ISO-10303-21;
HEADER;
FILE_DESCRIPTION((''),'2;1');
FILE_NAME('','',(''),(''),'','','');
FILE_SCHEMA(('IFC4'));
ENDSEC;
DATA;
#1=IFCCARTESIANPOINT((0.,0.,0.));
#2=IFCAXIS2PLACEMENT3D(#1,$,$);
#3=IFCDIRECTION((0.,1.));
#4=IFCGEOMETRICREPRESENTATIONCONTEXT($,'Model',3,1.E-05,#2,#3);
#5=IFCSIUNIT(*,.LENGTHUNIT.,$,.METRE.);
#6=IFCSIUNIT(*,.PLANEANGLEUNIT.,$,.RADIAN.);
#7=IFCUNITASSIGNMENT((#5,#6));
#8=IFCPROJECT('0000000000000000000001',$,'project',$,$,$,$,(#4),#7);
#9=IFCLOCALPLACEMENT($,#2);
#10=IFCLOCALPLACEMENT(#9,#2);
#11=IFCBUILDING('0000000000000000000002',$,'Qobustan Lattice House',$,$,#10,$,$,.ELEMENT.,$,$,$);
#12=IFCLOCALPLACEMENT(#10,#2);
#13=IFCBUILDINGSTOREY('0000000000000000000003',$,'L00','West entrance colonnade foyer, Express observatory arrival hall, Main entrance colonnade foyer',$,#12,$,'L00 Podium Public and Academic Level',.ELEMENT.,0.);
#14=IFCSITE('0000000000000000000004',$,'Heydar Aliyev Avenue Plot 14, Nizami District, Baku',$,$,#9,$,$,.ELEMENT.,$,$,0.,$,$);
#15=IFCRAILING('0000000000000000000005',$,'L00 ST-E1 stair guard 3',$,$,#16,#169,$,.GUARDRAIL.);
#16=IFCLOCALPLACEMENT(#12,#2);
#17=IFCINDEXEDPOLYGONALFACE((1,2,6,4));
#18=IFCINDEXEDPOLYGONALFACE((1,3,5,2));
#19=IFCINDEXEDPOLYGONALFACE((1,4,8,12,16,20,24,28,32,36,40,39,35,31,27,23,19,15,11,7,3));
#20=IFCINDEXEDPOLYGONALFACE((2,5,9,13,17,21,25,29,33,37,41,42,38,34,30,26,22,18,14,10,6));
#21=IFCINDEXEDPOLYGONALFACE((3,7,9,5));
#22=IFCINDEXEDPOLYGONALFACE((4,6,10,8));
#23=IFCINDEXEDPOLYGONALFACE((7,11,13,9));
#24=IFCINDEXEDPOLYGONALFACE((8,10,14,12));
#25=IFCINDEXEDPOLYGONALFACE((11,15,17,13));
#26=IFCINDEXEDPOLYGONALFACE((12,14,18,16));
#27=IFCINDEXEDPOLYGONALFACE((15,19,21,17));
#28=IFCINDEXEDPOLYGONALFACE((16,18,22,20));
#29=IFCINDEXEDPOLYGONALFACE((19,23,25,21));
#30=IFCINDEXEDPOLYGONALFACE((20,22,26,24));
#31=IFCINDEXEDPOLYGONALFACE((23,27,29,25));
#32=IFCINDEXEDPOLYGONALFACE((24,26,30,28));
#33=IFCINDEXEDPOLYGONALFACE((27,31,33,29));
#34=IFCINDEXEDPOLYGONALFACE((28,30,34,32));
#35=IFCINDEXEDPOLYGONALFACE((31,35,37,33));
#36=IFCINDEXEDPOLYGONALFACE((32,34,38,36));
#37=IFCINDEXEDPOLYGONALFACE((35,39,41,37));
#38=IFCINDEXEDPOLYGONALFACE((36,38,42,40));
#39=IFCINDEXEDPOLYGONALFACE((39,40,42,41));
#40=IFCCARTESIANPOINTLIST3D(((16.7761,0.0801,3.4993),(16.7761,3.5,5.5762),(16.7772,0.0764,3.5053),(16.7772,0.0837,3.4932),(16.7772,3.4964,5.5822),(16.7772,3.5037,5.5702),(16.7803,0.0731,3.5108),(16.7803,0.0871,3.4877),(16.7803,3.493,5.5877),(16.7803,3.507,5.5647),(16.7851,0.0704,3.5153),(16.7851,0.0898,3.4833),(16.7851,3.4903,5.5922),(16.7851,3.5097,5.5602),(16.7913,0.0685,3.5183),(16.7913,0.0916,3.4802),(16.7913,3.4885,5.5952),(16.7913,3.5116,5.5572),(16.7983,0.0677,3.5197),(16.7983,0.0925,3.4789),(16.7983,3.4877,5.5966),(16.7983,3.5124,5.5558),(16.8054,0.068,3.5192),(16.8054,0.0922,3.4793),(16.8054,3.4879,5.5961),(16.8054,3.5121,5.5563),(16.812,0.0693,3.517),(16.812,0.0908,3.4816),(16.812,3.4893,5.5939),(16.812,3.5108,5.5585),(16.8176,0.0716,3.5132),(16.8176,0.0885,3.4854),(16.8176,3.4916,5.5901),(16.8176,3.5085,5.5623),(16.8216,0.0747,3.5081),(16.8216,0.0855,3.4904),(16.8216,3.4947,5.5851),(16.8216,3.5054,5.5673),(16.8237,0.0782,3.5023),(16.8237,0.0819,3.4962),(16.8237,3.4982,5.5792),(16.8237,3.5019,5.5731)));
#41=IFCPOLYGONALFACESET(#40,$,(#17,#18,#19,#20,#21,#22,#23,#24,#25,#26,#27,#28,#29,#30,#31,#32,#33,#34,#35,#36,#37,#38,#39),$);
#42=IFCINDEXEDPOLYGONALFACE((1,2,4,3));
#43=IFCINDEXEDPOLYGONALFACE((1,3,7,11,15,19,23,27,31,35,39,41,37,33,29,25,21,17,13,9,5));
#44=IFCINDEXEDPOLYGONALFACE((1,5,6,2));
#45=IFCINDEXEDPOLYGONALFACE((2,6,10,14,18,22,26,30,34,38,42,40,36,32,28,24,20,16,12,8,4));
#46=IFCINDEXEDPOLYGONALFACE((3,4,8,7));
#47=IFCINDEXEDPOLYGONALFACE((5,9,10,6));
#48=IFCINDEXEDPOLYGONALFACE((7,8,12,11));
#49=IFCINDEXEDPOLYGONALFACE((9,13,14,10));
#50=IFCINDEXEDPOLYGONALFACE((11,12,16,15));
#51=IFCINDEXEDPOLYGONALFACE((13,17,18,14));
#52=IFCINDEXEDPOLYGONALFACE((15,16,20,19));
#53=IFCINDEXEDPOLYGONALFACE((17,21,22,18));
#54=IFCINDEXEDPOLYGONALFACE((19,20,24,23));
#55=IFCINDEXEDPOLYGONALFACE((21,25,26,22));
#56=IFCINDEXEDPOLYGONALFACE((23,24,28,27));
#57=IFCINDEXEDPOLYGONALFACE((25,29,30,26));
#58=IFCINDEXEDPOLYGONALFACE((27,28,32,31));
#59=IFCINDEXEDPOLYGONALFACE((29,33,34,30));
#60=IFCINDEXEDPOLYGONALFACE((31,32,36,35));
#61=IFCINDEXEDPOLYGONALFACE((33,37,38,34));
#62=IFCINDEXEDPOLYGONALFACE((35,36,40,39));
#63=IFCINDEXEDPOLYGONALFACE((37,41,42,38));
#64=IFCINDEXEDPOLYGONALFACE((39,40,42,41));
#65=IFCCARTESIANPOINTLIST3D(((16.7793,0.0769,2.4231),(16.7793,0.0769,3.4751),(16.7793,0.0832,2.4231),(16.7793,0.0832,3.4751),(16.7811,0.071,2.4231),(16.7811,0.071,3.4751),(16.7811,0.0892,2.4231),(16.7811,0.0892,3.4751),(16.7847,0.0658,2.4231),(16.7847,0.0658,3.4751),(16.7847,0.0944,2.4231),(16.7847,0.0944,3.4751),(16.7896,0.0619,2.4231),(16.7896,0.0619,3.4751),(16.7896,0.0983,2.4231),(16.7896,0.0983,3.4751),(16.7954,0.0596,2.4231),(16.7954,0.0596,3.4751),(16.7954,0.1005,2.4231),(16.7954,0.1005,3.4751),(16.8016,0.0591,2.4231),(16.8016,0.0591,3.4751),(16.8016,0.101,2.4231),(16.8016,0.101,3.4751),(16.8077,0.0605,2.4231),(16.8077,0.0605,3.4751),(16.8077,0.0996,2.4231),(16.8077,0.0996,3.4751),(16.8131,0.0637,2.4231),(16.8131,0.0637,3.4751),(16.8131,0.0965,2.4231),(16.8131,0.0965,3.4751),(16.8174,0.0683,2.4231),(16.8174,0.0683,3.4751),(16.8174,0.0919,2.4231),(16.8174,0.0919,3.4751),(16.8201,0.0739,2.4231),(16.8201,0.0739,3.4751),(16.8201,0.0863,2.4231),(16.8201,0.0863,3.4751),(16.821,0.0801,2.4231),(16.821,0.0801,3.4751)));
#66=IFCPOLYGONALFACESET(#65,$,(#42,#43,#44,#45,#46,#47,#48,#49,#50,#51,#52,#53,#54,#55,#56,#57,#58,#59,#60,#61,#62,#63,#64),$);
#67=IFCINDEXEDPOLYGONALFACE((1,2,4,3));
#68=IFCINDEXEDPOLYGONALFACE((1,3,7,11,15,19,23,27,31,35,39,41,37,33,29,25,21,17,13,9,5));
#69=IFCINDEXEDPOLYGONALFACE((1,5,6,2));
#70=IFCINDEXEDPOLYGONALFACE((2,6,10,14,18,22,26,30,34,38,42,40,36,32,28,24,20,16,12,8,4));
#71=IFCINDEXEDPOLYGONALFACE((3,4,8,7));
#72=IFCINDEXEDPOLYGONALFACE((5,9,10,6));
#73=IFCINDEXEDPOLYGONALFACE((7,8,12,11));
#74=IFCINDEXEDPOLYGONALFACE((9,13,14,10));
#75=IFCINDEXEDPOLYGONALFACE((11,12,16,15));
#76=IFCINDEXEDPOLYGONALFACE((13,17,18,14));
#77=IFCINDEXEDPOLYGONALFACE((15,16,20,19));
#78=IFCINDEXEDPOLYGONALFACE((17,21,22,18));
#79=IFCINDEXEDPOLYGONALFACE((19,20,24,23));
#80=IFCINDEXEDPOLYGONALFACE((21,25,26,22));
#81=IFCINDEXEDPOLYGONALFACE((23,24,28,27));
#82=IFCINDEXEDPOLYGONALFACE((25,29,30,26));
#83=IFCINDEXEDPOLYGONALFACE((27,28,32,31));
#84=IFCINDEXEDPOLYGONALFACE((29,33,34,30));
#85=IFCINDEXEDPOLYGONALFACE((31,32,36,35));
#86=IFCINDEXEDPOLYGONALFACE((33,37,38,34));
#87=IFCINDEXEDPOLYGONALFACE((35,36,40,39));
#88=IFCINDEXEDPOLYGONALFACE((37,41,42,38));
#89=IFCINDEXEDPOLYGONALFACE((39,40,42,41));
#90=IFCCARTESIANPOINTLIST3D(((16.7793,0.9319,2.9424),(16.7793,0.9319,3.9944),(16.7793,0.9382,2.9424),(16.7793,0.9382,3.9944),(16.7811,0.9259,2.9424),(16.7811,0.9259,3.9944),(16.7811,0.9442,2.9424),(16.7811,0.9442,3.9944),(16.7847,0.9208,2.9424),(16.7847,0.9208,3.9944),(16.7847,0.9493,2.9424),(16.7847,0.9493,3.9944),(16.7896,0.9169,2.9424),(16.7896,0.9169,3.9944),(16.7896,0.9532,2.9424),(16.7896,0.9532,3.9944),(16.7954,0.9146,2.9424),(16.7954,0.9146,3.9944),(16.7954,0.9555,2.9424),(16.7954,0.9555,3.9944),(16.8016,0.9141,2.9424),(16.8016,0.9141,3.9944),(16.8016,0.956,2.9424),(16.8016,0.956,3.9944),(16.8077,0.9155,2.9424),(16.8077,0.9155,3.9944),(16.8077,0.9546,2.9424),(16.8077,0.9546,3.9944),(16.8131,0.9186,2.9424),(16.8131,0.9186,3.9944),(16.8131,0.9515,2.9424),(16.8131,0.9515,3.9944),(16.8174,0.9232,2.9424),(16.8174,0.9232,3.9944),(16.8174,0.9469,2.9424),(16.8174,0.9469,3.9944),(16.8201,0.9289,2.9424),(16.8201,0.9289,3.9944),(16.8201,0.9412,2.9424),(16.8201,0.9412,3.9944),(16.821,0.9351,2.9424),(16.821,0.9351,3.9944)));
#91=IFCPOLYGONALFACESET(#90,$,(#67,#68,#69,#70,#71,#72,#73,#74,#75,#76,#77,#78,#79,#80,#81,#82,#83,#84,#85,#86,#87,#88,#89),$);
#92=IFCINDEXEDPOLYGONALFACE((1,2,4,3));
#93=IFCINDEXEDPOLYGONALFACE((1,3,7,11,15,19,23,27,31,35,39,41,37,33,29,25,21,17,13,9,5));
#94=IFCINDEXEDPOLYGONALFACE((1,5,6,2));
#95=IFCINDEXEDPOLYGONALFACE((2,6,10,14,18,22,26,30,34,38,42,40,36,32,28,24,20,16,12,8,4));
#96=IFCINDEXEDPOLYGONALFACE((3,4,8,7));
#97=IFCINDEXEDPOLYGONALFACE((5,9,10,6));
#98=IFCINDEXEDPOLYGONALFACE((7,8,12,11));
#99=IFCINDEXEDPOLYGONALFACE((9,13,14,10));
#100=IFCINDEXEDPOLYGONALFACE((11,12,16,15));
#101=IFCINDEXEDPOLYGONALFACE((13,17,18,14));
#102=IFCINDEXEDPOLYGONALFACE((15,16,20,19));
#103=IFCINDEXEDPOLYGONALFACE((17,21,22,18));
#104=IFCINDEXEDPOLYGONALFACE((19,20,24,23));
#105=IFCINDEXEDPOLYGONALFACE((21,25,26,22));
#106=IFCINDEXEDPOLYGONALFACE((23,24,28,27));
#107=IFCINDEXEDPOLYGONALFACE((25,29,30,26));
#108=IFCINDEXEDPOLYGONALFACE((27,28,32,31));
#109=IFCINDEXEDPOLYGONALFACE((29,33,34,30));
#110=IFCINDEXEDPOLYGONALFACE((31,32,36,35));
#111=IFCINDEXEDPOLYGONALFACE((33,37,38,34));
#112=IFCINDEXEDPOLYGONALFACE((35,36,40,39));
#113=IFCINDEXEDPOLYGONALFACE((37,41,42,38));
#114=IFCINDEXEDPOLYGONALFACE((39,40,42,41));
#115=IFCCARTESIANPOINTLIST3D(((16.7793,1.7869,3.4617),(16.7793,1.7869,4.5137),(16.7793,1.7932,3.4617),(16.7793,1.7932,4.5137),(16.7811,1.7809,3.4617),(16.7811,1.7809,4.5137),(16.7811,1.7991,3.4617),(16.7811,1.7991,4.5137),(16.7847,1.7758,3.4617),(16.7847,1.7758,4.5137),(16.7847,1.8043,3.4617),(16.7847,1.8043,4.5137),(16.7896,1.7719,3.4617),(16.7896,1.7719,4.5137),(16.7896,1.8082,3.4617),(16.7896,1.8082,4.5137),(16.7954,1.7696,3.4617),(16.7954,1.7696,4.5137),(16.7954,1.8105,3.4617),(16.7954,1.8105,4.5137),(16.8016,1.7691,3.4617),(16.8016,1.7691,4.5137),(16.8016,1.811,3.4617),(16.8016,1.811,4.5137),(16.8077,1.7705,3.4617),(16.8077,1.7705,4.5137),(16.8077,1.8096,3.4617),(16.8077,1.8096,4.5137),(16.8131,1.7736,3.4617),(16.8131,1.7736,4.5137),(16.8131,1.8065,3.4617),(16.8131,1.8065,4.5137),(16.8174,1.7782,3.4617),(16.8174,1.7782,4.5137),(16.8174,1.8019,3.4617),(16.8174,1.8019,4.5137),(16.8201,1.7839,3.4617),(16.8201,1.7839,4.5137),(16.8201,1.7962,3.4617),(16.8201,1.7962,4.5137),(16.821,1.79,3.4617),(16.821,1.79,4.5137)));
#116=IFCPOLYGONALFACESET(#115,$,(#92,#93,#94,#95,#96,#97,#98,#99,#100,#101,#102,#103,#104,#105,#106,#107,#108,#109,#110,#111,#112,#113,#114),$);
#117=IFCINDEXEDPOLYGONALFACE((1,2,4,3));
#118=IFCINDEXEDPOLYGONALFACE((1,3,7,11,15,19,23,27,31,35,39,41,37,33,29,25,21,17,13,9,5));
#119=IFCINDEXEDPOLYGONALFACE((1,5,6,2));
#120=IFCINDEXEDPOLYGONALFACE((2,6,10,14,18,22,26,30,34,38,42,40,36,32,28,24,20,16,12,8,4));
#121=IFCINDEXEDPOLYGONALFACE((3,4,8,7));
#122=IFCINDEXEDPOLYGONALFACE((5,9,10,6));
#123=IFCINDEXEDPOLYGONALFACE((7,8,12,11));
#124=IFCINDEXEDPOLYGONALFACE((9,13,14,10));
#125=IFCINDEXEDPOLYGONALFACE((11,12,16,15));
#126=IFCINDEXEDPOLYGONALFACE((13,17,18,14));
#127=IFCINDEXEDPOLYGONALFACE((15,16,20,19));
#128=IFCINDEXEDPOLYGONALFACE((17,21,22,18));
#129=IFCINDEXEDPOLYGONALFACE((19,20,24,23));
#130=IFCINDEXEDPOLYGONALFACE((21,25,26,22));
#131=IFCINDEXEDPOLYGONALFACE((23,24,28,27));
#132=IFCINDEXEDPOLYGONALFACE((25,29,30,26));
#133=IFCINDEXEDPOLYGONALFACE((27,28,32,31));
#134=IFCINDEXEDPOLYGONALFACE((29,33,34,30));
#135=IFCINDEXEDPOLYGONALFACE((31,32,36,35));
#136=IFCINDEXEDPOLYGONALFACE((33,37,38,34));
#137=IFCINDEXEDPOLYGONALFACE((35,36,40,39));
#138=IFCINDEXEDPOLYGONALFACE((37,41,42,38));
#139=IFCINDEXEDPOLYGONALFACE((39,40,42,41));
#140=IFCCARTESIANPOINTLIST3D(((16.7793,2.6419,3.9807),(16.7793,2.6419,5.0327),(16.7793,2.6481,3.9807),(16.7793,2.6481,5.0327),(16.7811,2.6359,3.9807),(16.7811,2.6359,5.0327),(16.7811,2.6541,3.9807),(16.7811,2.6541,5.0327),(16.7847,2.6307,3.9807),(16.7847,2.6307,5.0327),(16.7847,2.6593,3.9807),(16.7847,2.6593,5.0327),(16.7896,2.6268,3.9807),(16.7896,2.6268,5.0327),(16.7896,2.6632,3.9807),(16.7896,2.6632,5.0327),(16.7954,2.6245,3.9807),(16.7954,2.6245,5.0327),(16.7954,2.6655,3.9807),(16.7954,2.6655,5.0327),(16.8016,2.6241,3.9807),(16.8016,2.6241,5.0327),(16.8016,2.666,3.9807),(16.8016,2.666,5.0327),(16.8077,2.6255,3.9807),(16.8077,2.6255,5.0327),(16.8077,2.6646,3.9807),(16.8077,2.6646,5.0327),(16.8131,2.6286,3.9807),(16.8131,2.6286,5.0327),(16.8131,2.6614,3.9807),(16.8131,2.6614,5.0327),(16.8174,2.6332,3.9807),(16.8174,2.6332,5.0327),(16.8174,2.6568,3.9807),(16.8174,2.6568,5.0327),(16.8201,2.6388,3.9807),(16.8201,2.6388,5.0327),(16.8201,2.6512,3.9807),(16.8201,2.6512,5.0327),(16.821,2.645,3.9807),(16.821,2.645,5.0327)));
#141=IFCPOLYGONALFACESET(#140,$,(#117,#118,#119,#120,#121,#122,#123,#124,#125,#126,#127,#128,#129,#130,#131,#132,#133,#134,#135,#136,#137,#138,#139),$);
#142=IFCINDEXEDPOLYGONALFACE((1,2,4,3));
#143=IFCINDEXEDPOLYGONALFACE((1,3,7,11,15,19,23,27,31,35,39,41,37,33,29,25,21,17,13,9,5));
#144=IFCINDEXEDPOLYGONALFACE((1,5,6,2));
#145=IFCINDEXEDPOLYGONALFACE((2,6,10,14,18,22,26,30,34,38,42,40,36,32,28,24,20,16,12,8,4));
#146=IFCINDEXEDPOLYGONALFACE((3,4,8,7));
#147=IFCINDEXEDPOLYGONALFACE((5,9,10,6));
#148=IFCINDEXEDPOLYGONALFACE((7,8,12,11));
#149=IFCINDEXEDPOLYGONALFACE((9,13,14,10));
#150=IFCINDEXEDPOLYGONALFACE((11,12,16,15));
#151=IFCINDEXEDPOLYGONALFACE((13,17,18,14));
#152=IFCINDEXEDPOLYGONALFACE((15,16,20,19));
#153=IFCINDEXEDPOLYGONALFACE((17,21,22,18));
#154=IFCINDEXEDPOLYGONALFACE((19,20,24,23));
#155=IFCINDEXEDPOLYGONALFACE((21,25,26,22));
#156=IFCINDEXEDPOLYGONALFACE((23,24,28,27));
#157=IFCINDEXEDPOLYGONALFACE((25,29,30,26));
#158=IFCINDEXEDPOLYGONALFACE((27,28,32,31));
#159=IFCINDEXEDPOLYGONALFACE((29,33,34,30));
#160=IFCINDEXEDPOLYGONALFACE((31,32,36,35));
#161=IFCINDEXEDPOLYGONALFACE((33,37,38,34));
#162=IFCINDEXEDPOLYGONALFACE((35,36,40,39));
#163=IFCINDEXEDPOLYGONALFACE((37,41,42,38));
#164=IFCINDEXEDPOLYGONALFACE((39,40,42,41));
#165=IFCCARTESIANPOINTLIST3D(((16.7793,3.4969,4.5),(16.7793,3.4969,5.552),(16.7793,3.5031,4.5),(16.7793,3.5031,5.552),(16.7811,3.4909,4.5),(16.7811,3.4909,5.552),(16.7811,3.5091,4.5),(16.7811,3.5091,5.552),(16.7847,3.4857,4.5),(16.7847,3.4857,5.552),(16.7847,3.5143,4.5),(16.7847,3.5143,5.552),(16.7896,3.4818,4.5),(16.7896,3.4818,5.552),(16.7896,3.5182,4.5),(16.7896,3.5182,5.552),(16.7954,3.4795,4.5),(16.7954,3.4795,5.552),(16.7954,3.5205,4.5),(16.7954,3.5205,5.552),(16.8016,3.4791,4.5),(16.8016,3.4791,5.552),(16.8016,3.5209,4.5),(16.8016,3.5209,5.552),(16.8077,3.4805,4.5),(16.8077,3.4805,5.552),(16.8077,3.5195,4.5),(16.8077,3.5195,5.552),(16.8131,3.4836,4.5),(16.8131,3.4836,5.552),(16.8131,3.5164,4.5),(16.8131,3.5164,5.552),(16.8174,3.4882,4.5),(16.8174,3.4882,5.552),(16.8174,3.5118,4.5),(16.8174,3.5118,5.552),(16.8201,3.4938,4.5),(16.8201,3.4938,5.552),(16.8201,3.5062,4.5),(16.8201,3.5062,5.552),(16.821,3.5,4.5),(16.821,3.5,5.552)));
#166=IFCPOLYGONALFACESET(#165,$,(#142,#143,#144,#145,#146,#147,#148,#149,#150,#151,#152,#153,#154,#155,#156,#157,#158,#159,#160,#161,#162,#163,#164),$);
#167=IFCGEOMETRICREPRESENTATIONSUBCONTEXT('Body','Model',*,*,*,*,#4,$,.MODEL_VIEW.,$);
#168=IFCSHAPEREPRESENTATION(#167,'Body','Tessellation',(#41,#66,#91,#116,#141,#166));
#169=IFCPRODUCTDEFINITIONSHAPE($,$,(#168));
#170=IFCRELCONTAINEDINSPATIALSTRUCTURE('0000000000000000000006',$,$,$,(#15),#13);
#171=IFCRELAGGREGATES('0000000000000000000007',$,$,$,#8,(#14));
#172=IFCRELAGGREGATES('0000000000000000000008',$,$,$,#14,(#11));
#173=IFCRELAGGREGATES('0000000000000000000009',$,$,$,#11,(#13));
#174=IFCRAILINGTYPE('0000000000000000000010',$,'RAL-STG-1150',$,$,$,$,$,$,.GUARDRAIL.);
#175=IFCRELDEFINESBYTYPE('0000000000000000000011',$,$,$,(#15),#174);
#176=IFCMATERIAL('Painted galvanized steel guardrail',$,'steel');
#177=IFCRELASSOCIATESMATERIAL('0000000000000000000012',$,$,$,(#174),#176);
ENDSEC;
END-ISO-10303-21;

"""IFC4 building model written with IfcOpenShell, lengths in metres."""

from ifc_helpers import new_model, si_unit, direction, frame, origin, origin_2d, place, context, subcontext, project, spatial, circle, extrude, material, type_object, element, save


model = new_model("IFC4")

# Units and contexts
model_context = context("Model", 3, precision=1e-05, world=origin(), true_north=direction((0.0, 1.0)))
body_context = subcontext(model_context, "Body", "Model", "MODEL_VIEW")
ifc_project = project(units=[si_unit("LENGTHUNIT", "METRE"), si_unit("PLANEANGLEUNIT", "RADIAN")], contexts=[model_context])

# Site, building, storey
site_placement = place(None, origin())
site = spatial("IfcSite", under=ifc_project, at=site_placement, Name="Heydar Aliyev Avenue Plot 14, Nizami District, Baku", CompositionType="ELEMENT", RefElevation=0.0)
building_placement = place(site_placement, origin())
building = spatial("IfcBuilding", under=site, at=building_placement, Name="Qobustan Lattice House", CompositionType="ELEMENT")
storey_placement = place(building_placement, origin())
storey = spatial("IfcBuildingStorey", under=building, at=storey_placement, Name="L00", Description="West entrance colonnade foyer, Express observatory arrival hall, Main entrance colonnade foyer", LongName="L00 Podium Public and Academic Level", CompositionType="ELEMENT", Elevation=0.0)

# Railing
ifc_material_1 = material(Name="Painted galvanized steel guardrail", Category="steel")
railing_type_1 = type_object("IfcRailingType", Name="RAL-STG-1150", PredefinedType="GUARDRAIL", material=ifc_material_1)
railing_1_placement = place(storey_placement, frame((16.8, 0.0801, 2.4231)))
element("IfcRailing", 1, at=railing_1_placement, inside=storey, type_object=railing_type_1, Name="L00 ST-E1 stair guard 3", PredefinedType="GUARDRAIL", context=body_context, shape_type="SweptSolid", body=[
    extrude(circle(Radius=0.0239, at=origin_2d()), frame((0.0, 0.0, 1.0762), z_axis=(0.0, 0.85473, 0.519074), x_axis=(-1.0, 0.0, 0.0)), (0.0, 0.0, 1.0), 4.0012),
    extrude(circle(Radius=0.021, at=origin_2d()), origin(), (0.0, 0.0, 1.0), 1.052),
    extrude(circle(Radius=0.021, at=origin_2d()), frame((0.0, 0.855, 0.5193)), (0.0, 0.0, 1.0), 1.052),
    extrude(circle(Radius=0.021, at=origin_2d()), frame((0.0, 1.71, 1.0386)), (0.0, 0.0, 1.0), 1.052),
    extrude(circle(Radius=0.021, at=origin_2d()), frame((0.0, 2.5649, 1.5576)), (0.0, 0.0, 1.0), 1.052),
    extrude(circle(Radius=0.021, at=origin_2d()), frame((0.0, 3.4199, 2.0769)), (0.0, 0.0, 1.0), 1.052),
])

save(model, "model.ifc")
